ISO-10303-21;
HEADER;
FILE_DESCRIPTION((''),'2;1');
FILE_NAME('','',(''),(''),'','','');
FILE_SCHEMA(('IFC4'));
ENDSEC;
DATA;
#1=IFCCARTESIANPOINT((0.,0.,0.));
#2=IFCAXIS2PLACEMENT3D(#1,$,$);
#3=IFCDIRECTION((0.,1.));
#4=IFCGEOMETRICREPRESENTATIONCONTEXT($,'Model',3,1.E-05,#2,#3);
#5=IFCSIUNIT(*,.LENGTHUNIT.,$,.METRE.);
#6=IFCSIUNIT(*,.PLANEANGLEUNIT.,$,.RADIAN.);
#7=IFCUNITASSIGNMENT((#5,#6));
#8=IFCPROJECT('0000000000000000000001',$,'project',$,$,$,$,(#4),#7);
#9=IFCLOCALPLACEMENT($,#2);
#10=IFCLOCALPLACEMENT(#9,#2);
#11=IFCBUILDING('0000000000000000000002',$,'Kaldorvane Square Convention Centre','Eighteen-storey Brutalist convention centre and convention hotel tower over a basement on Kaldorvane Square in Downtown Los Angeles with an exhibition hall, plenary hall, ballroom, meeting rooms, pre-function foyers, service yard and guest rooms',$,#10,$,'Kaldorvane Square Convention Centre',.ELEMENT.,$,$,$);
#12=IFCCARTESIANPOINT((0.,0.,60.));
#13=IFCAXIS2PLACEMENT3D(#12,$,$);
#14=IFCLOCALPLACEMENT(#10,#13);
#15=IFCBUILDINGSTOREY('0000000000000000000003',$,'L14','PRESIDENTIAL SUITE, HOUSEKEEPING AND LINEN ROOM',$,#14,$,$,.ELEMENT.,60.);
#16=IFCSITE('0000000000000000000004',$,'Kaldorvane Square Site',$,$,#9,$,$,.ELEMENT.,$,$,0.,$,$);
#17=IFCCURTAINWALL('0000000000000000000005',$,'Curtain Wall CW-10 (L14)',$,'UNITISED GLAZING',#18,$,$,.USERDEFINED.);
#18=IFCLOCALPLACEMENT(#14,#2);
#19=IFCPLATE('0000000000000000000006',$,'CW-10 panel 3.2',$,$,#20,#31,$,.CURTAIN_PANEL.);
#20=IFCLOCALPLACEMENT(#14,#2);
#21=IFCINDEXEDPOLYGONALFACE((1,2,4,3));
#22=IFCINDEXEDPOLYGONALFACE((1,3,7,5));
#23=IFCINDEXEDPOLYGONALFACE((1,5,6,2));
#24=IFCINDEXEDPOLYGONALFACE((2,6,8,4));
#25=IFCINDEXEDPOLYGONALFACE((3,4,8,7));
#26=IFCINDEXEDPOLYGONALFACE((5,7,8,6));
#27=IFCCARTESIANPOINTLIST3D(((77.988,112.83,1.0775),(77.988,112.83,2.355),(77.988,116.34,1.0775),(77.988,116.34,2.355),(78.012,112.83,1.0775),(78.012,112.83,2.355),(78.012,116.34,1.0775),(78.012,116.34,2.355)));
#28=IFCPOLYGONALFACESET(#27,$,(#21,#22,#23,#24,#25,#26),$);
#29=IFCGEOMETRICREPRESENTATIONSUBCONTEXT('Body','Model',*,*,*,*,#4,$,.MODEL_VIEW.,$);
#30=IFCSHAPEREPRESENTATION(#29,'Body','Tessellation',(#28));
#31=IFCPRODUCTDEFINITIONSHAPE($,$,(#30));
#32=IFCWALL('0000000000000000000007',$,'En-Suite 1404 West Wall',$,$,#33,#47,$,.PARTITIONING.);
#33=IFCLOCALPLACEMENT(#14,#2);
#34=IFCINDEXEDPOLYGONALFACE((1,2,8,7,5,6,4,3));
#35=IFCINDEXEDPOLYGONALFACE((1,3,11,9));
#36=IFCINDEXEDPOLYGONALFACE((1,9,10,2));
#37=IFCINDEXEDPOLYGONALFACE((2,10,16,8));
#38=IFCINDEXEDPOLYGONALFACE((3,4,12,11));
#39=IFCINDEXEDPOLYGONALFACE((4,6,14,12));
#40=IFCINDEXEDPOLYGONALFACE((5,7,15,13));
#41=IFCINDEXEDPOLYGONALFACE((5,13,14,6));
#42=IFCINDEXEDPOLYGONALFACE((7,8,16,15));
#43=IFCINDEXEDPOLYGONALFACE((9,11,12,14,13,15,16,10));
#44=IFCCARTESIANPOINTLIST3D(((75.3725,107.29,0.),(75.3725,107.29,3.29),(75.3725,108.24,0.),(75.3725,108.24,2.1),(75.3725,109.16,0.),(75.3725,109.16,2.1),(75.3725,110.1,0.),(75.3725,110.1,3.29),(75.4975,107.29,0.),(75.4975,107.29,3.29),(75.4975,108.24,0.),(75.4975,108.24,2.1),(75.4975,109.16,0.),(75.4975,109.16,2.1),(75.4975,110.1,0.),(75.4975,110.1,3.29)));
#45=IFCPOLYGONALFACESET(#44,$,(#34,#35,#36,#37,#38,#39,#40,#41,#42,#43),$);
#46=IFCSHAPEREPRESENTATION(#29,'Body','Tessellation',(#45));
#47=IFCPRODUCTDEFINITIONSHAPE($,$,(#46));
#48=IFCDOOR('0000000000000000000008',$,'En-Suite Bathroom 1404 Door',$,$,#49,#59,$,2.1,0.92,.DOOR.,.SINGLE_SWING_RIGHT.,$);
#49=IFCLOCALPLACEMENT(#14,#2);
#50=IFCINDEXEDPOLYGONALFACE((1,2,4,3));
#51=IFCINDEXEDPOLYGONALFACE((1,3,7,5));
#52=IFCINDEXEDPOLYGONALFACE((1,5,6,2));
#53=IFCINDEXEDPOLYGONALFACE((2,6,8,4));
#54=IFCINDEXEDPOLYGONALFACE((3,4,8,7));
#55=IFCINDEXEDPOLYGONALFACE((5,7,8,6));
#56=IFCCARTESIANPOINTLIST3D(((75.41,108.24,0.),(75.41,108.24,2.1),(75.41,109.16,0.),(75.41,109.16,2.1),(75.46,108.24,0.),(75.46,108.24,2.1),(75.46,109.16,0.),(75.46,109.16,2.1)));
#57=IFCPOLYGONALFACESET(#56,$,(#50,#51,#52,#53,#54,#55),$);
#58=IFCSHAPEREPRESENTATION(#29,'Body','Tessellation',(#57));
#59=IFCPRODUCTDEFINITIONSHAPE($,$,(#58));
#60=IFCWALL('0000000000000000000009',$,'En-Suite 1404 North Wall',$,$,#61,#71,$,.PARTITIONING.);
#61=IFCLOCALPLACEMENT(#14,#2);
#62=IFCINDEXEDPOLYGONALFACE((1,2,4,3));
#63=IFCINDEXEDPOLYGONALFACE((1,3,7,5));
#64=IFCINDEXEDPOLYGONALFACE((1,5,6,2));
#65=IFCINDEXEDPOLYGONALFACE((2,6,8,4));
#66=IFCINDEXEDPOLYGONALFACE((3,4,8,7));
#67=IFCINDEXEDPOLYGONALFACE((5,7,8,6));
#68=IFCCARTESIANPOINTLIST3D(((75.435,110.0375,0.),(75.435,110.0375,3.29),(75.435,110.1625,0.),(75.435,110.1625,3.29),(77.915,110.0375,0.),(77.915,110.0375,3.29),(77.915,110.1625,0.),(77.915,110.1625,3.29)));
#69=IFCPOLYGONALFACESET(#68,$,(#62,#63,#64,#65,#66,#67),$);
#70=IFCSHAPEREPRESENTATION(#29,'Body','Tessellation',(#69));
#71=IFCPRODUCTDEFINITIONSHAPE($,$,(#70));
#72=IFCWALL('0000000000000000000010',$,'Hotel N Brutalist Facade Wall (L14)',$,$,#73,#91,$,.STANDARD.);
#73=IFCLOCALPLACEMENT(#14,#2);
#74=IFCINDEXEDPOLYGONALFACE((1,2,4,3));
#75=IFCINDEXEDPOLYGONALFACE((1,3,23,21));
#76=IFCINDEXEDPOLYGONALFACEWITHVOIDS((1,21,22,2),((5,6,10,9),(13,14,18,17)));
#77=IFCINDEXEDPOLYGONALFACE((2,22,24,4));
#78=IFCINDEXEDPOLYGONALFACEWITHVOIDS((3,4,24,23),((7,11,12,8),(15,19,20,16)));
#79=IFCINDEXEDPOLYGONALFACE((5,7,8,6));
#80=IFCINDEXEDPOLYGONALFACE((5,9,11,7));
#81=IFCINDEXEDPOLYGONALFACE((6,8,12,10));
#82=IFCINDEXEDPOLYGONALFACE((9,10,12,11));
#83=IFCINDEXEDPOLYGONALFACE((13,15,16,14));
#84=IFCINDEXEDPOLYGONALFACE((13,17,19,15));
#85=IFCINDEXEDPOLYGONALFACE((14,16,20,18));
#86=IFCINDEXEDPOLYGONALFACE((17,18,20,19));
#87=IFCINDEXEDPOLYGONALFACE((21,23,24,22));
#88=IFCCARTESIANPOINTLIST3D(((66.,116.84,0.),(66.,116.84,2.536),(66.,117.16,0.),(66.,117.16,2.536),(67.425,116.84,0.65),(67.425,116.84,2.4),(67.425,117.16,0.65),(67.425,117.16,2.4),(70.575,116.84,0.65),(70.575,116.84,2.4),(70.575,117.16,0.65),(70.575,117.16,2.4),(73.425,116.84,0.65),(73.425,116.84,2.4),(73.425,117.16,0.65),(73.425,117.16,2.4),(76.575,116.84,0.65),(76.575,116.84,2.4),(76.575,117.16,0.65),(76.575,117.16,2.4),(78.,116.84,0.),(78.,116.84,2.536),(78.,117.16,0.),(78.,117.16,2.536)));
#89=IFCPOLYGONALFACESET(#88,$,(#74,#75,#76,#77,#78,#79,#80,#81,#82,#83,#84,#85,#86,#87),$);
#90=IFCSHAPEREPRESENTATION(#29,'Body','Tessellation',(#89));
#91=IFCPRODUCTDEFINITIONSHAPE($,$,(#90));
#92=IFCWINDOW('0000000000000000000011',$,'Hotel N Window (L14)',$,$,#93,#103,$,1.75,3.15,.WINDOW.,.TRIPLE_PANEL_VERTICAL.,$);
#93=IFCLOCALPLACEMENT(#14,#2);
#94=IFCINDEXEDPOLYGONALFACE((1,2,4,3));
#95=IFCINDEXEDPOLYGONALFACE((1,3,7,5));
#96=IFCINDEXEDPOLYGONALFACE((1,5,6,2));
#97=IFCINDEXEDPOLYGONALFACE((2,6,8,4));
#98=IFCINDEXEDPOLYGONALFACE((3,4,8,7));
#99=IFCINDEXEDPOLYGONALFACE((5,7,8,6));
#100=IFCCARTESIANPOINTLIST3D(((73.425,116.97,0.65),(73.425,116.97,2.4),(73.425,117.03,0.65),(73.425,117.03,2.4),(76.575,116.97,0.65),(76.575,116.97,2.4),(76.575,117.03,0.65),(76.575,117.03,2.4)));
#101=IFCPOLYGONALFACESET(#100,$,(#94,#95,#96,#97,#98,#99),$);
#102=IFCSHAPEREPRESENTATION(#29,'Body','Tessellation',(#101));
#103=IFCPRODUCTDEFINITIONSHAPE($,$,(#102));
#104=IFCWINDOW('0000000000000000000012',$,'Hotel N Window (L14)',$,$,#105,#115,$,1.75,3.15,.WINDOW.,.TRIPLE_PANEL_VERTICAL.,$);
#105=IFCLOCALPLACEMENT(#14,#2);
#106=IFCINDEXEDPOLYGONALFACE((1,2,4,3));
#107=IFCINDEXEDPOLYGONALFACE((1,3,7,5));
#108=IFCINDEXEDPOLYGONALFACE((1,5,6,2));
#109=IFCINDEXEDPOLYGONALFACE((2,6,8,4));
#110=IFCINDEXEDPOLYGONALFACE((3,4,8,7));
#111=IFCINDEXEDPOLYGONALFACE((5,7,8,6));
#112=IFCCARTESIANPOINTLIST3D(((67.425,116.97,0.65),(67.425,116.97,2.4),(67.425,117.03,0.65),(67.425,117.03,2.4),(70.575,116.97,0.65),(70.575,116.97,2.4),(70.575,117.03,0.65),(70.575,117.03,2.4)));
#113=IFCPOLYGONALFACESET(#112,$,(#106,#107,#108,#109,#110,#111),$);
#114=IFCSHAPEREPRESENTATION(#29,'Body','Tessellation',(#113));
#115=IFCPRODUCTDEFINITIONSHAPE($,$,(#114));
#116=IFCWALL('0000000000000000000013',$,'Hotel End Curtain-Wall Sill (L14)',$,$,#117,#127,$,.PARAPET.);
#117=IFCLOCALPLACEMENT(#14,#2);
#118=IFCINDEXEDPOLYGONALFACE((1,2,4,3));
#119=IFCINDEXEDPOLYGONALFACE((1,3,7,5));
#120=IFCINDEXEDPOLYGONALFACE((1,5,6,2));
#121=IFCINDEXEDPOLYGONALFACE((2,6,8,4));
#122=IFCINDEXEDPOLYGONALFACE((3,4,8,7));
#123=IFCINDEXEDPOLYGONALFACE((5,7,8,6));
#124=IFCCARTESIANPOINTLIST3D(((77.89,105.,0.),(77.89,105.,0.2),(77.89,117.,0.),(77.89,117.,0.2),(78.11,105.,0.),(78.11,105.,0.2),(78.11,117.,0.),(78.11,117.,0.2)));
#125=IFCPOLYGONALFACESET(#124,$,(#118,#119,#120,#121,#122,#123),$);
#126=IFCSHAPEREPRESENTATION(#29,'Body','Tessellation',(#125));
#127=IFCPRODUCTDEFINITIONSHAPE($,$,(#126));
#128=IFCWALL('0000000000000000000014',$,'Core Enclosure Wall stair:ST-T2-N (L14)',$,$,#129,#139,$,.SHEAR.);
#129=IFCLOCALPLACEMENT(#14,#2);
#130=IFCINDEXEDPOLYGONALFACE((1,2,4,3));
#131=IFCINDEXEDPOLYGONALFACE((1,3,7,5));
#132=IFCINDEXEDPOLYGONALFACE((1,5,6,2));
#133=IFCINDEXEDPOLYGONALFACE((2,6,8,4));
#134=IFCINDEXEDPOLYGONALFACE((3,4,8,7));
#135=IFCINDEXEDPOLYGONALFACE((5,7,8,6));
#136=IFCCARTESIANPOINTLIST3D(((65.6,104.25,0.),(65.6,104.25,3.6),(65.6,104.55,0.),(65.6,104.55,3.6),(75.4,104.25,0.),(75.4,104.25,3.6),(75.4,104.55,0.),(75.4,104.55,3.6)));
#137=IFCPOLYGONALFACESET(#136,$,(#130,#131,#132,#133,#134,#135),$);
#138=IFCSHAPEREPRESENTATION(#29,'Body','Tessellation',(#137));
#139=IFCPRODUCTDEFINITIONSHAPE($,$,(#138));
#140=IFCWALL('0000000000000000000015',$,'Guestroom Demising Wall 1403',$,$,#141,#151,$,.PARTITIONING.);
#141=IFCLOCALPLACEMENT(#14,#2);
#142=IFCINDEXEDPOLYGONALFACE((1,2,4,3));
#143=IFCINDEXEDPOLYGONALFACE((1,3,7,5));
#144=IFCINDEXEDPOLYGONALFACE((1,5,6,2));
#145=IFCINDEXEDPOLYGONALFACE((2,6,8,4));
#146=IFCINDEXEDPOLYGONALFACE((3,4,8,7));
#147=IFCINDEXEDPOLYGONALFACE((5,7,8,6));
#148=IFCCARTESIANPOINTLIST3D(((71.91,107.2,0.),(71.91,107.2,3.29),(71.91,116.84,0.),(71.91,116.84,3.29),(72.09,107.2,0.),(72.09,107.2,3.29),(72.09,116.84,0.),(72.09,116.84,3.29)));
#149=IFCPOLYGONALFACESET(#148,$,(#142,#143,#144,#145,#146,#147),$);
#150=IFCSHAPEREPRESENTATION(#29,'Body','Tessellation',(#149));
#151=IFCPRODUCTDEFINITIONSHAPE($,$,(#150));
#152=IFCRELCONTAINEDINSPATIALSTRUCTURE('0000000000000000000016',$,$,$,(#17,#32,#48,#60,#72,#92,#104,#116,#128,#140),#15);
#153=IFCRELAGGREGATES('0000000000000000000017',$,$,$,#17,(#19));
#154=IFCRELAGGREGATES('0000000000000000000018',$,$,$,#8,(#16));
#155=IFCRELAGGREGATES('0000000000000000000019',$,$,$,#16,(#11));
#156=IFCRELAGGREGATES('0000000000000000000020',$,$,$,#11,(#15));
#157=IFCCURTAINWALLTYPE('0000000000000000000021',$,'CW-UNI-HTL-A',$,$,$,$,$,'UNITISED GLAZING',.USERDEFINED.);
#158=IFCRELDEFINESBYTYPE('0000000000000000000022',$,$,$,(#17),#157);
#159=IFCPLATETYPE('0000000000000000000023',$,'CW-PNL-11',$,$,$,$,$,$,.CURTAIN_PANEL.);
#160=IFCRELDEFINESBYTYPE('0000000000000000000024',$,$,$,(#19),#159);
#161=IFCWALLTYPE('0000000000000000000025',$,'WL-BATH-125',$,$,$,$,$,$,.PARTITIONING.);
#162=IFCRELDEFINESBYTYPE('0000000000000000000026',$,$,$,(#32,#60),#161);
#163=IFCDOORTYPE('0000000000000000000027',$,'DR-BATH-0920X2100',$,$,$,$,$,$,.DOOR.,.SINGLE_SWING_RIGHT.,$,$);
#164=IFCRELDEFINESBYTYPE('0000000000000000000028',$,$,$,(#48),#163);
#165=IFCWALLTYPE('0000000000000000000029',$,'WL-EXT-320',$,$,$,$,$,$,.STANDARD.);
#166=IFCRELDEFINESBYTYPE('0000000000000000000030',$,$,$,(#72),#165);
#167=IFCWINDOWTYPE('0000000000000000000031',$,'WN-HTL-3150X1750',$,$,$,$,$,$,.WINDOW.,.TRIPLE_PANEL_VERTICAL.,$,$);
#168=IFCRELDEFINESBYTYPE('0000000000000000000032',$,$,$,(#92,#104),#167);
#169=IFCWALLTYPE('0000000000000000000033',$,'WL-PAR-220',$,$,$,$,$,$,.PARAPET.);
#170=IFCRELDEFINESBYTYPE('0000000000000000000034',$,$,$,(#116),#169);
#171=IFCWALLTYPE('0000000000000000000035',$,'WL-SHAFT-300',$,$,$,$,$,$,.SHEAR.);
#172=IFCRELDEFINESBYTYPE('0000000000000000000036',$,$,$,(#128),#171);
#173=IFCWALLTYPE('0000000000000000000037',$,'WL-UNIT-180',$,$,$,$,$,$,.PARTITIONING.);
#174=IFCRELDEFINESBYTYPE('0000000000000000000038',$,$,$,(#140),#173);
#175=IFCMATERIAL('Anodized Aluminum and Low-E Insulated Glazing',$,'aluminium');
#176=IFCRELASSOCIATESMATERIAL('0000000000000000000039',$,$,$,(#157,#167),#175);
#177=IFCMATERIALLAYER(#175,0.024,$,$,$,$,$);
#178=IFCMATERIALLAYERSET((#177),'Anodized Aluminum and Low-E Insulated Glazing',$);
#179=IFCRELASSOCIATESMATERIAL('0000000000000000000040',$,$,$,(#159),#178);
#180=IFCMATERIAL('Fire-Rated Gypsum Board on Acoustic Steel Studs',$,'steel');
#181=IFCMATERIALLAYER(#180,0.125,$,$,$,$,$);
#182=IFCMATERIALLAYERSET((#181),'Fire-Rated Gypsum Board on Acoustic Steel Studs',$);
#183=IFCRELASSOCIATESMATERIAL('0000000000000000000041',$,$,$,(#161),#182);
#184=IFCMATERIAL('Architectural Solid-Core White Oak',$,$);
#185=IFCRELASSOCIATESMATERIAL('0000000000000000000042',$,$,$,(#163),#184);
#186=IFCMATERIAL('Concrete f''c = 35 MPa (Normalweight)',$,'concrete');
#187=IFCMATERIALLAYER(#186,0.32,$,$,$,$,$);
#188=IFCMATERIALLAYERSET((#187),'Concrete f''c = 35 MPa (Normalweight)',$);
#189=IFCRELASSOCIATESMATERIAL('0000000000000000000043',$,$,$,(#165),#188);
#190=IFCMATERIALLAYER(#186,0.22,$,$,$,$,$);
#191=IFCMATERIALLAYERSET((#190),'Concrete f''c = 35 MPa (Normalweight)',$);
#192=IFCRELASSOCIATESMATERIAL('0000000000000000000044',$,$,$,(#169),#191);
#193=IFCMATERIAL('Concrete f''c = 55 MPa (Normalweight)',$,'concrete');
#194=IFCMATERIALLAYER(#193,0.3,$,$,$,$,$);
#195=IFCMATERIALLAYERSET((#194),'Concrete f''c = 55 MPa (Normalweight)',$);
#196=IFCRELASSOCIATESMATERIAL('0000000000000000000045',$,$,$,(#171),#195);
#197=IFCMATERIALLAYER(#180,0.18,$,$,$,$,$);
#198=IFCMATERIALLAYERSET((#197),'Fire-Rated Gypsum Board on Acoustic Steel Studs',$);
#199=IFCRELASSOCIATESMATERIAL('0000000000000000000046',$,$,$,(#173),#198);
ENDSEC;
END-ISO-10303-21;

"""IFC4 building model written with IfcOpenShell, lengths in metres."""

from ifc_helpers import new_model, si_unit, direction, frame, frame_2d, origin, origin_2d, place, context, subcontext, project, spatial, rectangle, extrude, material, layer, layer_set, type_object, element, fill, aggregate, save


model = new_model("IFC4")

# Units and contexts
model_context = context("Model", 3, precision=1e-05, world=origin(), true_north=direction((0.0, 1.0)))
body_context = subcontext(model_context, "Body", "Model", "MODEL_VIEW")
ifc_project = project(units=[si_unit("LENGTHUNIT", "METRE"), si_unit("PLANEANGLEUNIT", "RADIAN")], contexts=[model_context])

# Site, building, storey
site_placement = place(None, origin())
site = spatial("IfcSite", under=ifc_project, at=site_placement, Name="Kaldorvane Square Site", CompositionType="ELEMENT", RefElevation=0.0)
building_placement = place(site_placement, origin())
building = spatial("IfcBuilding", under=site, at=building_placement, Name="Kaldorvane Square Convention Centre", Description="Eighteen-storey Brutalist convention centre and convention hotel tower over a basement on Kaldorvane Square in Downtown Los Angeles with an exhibition hall, plenary hall, ballroom, meeting rooms, pre-function foyers, service yard and guest rooms", LongName="Kaldorvane Square Convention Centre", CompositionType="ELEMENT")
storey_placement = place(building_placement, frame((0.0, 0.0, 60.0)))
storey = spatial("IfcBuildingStorey", under=building, at=storey_placement, Name="L14", Description="PRESIDENTIAL SUITE, HOUSEKEEPING AND LINEN ROOM", CompositionType="ELEMENT", Elevation=60.0)

# Curtain wall, plate
ifc_material_1 = material(Name="Anodized Aluminum and Low-E Insulated Glazing", Category="aluminium")
curtain_wall_type = type_object("IfcCurtainWallType", Name="CW-UNI-HTL-A", ElementType="UNITISED GLAZING", PredefinedType="USERDEFINED", material=ifc_material_1)
curtain_wall_placement = place(storey_placement, origin())
curtain_wall = element("IfcCurtainWall", 1, at=curtain_wall_placement, inside=storey, type_object=curtain_wall_type, Name="Curtain Wall CW-10 (L14)", ObjectType="UNITISED GLAZING", PredefinedType="USERDEFINED")
ifc_layer_1 = layer(ifc_material_1, 0.024)
ifc_layer_set_1 = layer_set([ifc_layer_1], Name="Anodized Aluminum and Low-E Insulated Glazing")
plate_type = type_object("IfcPlateType", Name="CW-PNL-11", PredefinedType="CURTAIN_PANEL", material=ifc_layer_set_1)
plate_1_placement = place(storey_placement, frame((78.0, 114.585, 1.0775), z_axis=(0.0, 0.0, 1.0), x_axis=(0.0, 1.0, 0.0)))
plate_1 = element("IfcPlate", 2, at=plate_1_placement, type_object=plate_type, Name="CW-10 panel 3.2", PredefinedType="CURTAIN_PANEL", context=body_context, shape_type="SweptSolid", body=[
    extrude(rectangle(XDim=3.51, YDim=0.024, at=origin_2d()), origin(), (0.0, 0.0, 1.0), 1.2775),
])
aggregate(curtain_wall, [plate_1])

# Wall, opening, door
ifc_material_2 = material(Name="Fire-Rated Gypsum Board on Acoustic Steel Studs", Category="steel")
ifc_layer_2 = layer(ifc_material_2, 0.125)
ifc_layer_set_2 = layer_set([ifc_layer_2], Name="Fire-Rated Gypsum Board on Acoustic Steel Studs")
wall_type_1 = type_object("IfcWallType", Name="WL-BATH-125", PredefinedType="PARTITIONING", material=ifc_layer_set_2)
wall_1_placement = place(storey_placement, frame((75.435, 107.29, 0.0), z_axis=(0.0, 0.0, 1.0), x_axis=(0.0, 1.0, 0.0)))
wall_1 = element("IfcWall", 3, at=wall_1_placement, inside=storey, type_object=wall_type_1, Name="En-Suite 1404 West Wall", PredefinedType="PARTITIONING", context=body_context, shape_type="SweptSolid", body=[
    extrude(rectangle(XDim=2.81, YDim=0.125, at=frame_2d((1.405, 0.0))), origin(), (0.0, 0.0, 1.0), 3.29),
])
opening_1_placement = place(wall_1_placement, frame((0.95, 0.0, 0.0)))
opening_1 = element("IfcOpeningElement", 4, at=opening_1_placement, cuts=wall_1, PredefinedType="OPENING", context=body_context, shape_type="SweptSolid", body=[
    extrude(rectangle(XDim=0.92, YDim=2.1, at=frame_2d((0.46, 1.05))), frame((0.0, 0.0775, 0.0), z_axis=(0.0, -1.0, 0.0), x_axis=(1.0, 0.0, 0.0)), (0.0, 0.0, 1.0), 0.155),
])
ifc_material_3 = material(Name="Architectural Solid-Core White Oak")
door_type_1 = type_object("IfcDoorType", Name="DR-BATH-0920X2100", OperationType="SINGLE_SWING_RIGHT", PredefinedType="DOOR", material=ifc_material_3)
door_1_placement = place(opening_1_placement, origin())
door_1 = element("IfcDoor", 5, at=door_1_placement, inside=storey, type_object=door_type_1, Name="En-Suite Bathroom 1404 Door", OperationType="SINGLE_SWING_RIGHT", OverallHeight=2.1, OverallWidth=0.92, PredefinedType="DOOR", context=body_context, shape_type="SweptSolid", body=[
    extrude(rectangle(XDim=0.92, YDim=2.1, at=frame_2d((0.46, 1.05))), frame((0.0, 0.025, 0.0), z_axis=(0.0, -1.0, 0.0), x_axis=(1.0, 0.0, 0.0)), (0.0, 0.0, 1.0), 0.05),
])
fill(opening_1, door_1)

# Wall
wall_2_placement = place(storey_placement, frame((75.435, 110.1, 0.0), z_axis=(0.0, 0.0, 1.0), x_axis=(1.0, 0.0, 0.0)))
element("IfcWall", 6, at=wall_2_placement, inside=storey, type_object=wall_type_1, Name="En-Suite 1404 North Wall", PredefinedType="PARTITIONING", context=body_context, shape_type="SweptSolid", body=[
    extrude(rectangle(XDim=2.48, YDim=0.125, at=frame_2d((1.24, 0.0))), origin(), (0.0, 0.0, 1.0), 3.29),
])

# Wall, openings, windows
ifc_material_4 = material(Name="Concrete f'c = 35 MPa (Normalweight)", Category="concrete")
ifc_layer_3 = layer(ifc_material_4, 0.32)
ifc_layer_set_3 = layer_set([ifc_layer_3], Name="Concrete f'c = 35 MPa (Normalweight)")
wall_type_2 = type_object("IfcWallType", Name="WL-EXT-320", PredefinedType="STANDARD", material=ifc_layer_set_3)
wall_3_placement = place(storey_placement, frame((78.0, 117.0, 0.0), z_axis=(0.0, 0.0, 1.0), x_axis=(-1.0, 0.0, 0.0)))
wall_3 = element("IfcWall", 7, at=wall_3_placement, inside=storey, type_object=wall_type_2, Name="Hotel N Brutalist Facade Wall (L14)", PredefinedType="STANDARD", context=body_context, shape_type="SweptSolid", body=[
    extrude(rectangle(XDim=12.0, YDim=0.32, at=frame_2d((6.0, 0.0))), origin(), (0.0, 0.0, 1.0), 2.536),
])
opening_2_placement = place(wall_3_placement, frame((1.425, 0.0, 0.65)))
opening_2 = element("IfcOpeningElement", 8, at=opening_2_placement, cuts=wall_3, PredefinedType="OPENING", context=body_context, shape_type="SweptSolid", body=[
    extrude(rectangle(XDim=3.15, YDim=1.75, at=frame_2d((1.575, 0.875))), frame((0.0, 0.175, 0.0), z_axis=(0.0, -1.0, 0.0), x_axis=(1.0, 0.0, 0.0)), (0.0, 0.0, 1.0), 0.35),
])
opening_3_placement = place(wall_3_placement, frame((7.425, 0.0, 0.65)))
opening_3 = element("IfcOpeningElement", 9, at=opening_3_placement, cuts=wall_3, PredefinedType="OPENING", context=body_context, shape_type="SweptSolid", body=[
    extrude(rectangle(XDim=3.15, YDim=1.75, at=frame_2d((1.575, 0.875))), frame((0.0, 0.175, 0.0), z_axis=(0.0, -1.0, 0.0), x_axis=(1.0, 0.0, 0.0)), (0.0, 0.0, 1.0), 0.35),
])
window_type = type_object("IfcWindowType", Name="WN-HTL-3150X1750", PartitioningType="TRIPLE_PANEL_VERTICAL", PredefinedType="WINDOW", material=ifc_material_1)
window_1_placement = place(opening_2_placement, origin())
window_1 = element("IfcWindow", 10, at=window_1_placement, inside=storey, type_object=window_type, Name="Hotel N Window (L14)", OverallHeight=1.75, OverallWidth=3.15, PartitioningType="TRIPLE_PANEL_VERTICAL", PredefinedType="WINDOW", context=body_context, shape_type="SweptSolid", body=[
    extrude(rectangle(XDim=3.15, YDim=1.75, at=frame_2d((1.575, 0.875))), frame((0.0, 0.03, 0.0), z_axis=(0.0, -1.0, 0.0), x_axis=(1.0, 0.0, 0.0)), (0.0, 0.0, 1.0), 0.06),
])
fill(opening_2, window_1)
window_2_placement = place(opening_3_placement, origin())
window_2 = element("IfcWindow", 11, at=window_2_placement, inside=storey, type_object=window_type, Name="Hotel N Window (L14)", OverallHeight=1.75, OverallWidth=3.15, PartitioningType="TRIPLE_PANEL_VERTICAL", PredefinedType="WINDOW", context=body_context, shape_type="SweptSolid", body=[
    extrude(rectangle(XDim=3.15, YDim=1.75, at=frame_2d((1.575, 0.875))), frame((0.0, 0.03, 0.0), z_axis=(0.0, -1.0, 0.0), x_axis=(1.0, 0.0, 0.0)), (0.0, 0.0, 1.0), 0.06),
])
fill(opening_3, window_2)

# Walls
ifc_layer_4 = layer(ifc_material_4, 0.22)
ifc_layer_set_4 = layer_set([ifc_layer_4], Name="Concrete f'c = 35 MPa (Normalweight)")
wall_type_3 = type_object("IfcWallType", Name="WL-PAR-220", PredefinedType="PARAPET", material=ifc_layer_set_4)
wall_4_placement = place(storey_placement, frame((78.0, 105.0, 0.0), z_axis=(0.0, 0.0, 1.0), x_axis=(0.0, 1.0, 0.0)))
element("IfcWall", 12, at=wall_4_placement, inside=storey, type_object=wall_type_3, Name="Hotel End Curtain-Wall Sill (L14)", PredefinedType="PARAPET", context=body_context, shape_type="SweptSolid", body=[
    extrude(rectangle(XDim=12.0, YDim=0.22, at=frame_2d((6.0, 0.0))), origin(), (0.0, 0.0, 1.0), 0.2),
])
ifc_material_5 = material(Name="Concrete f'c = 55 MPa (Normalweight)", Category="concrete")
ifc_layer_5 = layer(ifc_material_5, 0.3)
ifc_layer_set_5 = layer_set([ifc_layer_5], Name="Concrete f'c = 55 MPa (Normalweight)")
wall_type_4 = type_object("IfcWallType", Name="WL-SHAFT-300", PredefinedType="SHEAR", material=ifc_layer_set_5)
wall_5_placement = place(storey_placement, frame((75.4, 104.4, 0.0), z_axis=(0.0, 0.0, 1.0), x_axis=(-1.0, 0.0, 0.0)))
element("IfcWall", 13, at=wall_5_placement, inside=storey, type_object=wall_type_4, Name="Core Enclosure Wall stair:ST-T2-N (L14)", PredefinedType="SHEAR", context=body_context, shape_type="SweptSolid", body=[
    extrude(rectangle(XDim=9.8, YDim=0.3, at=frame_2d((4.9, 0.0))), origin(), (0.0, 0.0, 1.0), 3.6),
])
ifc_layer_6 = layer(ifc_material_2, 0.18)
ifc_layer_set_6 = layer_set([ifc_layer_6], Name="Fire-Rated Gypsum Board on Acoustic Steel Studs")
wall_type_5 = type_object("IfcWallType", Name="WL-UNIT-180", PredefinedType="PARTITIONING", material=ifc_layer_set_6)
wall_6_placement = place(storey_placement, frame((72.0, 107.2, 0.0), z_axis=(0.0, 0.0, 1.0), x_axis=(0.0, 1.0, 0.0)))
element("IfcWall", 14, at=wall_6_placement, inside=storey, type_object=wall_type_5, Name="Guestroom Demising Wall 1403", PredefinedType="PARTITIONING", context=body_context, shape_type="SweptSolid", body=[
    extrude(rectangle(XDim=9.64, YDim=0.18, at=frame_2d((4.82, 0.0))), origin(), (0.0, 0.0, 1.0), 3.29),
])

save(model, "model.ifc")
